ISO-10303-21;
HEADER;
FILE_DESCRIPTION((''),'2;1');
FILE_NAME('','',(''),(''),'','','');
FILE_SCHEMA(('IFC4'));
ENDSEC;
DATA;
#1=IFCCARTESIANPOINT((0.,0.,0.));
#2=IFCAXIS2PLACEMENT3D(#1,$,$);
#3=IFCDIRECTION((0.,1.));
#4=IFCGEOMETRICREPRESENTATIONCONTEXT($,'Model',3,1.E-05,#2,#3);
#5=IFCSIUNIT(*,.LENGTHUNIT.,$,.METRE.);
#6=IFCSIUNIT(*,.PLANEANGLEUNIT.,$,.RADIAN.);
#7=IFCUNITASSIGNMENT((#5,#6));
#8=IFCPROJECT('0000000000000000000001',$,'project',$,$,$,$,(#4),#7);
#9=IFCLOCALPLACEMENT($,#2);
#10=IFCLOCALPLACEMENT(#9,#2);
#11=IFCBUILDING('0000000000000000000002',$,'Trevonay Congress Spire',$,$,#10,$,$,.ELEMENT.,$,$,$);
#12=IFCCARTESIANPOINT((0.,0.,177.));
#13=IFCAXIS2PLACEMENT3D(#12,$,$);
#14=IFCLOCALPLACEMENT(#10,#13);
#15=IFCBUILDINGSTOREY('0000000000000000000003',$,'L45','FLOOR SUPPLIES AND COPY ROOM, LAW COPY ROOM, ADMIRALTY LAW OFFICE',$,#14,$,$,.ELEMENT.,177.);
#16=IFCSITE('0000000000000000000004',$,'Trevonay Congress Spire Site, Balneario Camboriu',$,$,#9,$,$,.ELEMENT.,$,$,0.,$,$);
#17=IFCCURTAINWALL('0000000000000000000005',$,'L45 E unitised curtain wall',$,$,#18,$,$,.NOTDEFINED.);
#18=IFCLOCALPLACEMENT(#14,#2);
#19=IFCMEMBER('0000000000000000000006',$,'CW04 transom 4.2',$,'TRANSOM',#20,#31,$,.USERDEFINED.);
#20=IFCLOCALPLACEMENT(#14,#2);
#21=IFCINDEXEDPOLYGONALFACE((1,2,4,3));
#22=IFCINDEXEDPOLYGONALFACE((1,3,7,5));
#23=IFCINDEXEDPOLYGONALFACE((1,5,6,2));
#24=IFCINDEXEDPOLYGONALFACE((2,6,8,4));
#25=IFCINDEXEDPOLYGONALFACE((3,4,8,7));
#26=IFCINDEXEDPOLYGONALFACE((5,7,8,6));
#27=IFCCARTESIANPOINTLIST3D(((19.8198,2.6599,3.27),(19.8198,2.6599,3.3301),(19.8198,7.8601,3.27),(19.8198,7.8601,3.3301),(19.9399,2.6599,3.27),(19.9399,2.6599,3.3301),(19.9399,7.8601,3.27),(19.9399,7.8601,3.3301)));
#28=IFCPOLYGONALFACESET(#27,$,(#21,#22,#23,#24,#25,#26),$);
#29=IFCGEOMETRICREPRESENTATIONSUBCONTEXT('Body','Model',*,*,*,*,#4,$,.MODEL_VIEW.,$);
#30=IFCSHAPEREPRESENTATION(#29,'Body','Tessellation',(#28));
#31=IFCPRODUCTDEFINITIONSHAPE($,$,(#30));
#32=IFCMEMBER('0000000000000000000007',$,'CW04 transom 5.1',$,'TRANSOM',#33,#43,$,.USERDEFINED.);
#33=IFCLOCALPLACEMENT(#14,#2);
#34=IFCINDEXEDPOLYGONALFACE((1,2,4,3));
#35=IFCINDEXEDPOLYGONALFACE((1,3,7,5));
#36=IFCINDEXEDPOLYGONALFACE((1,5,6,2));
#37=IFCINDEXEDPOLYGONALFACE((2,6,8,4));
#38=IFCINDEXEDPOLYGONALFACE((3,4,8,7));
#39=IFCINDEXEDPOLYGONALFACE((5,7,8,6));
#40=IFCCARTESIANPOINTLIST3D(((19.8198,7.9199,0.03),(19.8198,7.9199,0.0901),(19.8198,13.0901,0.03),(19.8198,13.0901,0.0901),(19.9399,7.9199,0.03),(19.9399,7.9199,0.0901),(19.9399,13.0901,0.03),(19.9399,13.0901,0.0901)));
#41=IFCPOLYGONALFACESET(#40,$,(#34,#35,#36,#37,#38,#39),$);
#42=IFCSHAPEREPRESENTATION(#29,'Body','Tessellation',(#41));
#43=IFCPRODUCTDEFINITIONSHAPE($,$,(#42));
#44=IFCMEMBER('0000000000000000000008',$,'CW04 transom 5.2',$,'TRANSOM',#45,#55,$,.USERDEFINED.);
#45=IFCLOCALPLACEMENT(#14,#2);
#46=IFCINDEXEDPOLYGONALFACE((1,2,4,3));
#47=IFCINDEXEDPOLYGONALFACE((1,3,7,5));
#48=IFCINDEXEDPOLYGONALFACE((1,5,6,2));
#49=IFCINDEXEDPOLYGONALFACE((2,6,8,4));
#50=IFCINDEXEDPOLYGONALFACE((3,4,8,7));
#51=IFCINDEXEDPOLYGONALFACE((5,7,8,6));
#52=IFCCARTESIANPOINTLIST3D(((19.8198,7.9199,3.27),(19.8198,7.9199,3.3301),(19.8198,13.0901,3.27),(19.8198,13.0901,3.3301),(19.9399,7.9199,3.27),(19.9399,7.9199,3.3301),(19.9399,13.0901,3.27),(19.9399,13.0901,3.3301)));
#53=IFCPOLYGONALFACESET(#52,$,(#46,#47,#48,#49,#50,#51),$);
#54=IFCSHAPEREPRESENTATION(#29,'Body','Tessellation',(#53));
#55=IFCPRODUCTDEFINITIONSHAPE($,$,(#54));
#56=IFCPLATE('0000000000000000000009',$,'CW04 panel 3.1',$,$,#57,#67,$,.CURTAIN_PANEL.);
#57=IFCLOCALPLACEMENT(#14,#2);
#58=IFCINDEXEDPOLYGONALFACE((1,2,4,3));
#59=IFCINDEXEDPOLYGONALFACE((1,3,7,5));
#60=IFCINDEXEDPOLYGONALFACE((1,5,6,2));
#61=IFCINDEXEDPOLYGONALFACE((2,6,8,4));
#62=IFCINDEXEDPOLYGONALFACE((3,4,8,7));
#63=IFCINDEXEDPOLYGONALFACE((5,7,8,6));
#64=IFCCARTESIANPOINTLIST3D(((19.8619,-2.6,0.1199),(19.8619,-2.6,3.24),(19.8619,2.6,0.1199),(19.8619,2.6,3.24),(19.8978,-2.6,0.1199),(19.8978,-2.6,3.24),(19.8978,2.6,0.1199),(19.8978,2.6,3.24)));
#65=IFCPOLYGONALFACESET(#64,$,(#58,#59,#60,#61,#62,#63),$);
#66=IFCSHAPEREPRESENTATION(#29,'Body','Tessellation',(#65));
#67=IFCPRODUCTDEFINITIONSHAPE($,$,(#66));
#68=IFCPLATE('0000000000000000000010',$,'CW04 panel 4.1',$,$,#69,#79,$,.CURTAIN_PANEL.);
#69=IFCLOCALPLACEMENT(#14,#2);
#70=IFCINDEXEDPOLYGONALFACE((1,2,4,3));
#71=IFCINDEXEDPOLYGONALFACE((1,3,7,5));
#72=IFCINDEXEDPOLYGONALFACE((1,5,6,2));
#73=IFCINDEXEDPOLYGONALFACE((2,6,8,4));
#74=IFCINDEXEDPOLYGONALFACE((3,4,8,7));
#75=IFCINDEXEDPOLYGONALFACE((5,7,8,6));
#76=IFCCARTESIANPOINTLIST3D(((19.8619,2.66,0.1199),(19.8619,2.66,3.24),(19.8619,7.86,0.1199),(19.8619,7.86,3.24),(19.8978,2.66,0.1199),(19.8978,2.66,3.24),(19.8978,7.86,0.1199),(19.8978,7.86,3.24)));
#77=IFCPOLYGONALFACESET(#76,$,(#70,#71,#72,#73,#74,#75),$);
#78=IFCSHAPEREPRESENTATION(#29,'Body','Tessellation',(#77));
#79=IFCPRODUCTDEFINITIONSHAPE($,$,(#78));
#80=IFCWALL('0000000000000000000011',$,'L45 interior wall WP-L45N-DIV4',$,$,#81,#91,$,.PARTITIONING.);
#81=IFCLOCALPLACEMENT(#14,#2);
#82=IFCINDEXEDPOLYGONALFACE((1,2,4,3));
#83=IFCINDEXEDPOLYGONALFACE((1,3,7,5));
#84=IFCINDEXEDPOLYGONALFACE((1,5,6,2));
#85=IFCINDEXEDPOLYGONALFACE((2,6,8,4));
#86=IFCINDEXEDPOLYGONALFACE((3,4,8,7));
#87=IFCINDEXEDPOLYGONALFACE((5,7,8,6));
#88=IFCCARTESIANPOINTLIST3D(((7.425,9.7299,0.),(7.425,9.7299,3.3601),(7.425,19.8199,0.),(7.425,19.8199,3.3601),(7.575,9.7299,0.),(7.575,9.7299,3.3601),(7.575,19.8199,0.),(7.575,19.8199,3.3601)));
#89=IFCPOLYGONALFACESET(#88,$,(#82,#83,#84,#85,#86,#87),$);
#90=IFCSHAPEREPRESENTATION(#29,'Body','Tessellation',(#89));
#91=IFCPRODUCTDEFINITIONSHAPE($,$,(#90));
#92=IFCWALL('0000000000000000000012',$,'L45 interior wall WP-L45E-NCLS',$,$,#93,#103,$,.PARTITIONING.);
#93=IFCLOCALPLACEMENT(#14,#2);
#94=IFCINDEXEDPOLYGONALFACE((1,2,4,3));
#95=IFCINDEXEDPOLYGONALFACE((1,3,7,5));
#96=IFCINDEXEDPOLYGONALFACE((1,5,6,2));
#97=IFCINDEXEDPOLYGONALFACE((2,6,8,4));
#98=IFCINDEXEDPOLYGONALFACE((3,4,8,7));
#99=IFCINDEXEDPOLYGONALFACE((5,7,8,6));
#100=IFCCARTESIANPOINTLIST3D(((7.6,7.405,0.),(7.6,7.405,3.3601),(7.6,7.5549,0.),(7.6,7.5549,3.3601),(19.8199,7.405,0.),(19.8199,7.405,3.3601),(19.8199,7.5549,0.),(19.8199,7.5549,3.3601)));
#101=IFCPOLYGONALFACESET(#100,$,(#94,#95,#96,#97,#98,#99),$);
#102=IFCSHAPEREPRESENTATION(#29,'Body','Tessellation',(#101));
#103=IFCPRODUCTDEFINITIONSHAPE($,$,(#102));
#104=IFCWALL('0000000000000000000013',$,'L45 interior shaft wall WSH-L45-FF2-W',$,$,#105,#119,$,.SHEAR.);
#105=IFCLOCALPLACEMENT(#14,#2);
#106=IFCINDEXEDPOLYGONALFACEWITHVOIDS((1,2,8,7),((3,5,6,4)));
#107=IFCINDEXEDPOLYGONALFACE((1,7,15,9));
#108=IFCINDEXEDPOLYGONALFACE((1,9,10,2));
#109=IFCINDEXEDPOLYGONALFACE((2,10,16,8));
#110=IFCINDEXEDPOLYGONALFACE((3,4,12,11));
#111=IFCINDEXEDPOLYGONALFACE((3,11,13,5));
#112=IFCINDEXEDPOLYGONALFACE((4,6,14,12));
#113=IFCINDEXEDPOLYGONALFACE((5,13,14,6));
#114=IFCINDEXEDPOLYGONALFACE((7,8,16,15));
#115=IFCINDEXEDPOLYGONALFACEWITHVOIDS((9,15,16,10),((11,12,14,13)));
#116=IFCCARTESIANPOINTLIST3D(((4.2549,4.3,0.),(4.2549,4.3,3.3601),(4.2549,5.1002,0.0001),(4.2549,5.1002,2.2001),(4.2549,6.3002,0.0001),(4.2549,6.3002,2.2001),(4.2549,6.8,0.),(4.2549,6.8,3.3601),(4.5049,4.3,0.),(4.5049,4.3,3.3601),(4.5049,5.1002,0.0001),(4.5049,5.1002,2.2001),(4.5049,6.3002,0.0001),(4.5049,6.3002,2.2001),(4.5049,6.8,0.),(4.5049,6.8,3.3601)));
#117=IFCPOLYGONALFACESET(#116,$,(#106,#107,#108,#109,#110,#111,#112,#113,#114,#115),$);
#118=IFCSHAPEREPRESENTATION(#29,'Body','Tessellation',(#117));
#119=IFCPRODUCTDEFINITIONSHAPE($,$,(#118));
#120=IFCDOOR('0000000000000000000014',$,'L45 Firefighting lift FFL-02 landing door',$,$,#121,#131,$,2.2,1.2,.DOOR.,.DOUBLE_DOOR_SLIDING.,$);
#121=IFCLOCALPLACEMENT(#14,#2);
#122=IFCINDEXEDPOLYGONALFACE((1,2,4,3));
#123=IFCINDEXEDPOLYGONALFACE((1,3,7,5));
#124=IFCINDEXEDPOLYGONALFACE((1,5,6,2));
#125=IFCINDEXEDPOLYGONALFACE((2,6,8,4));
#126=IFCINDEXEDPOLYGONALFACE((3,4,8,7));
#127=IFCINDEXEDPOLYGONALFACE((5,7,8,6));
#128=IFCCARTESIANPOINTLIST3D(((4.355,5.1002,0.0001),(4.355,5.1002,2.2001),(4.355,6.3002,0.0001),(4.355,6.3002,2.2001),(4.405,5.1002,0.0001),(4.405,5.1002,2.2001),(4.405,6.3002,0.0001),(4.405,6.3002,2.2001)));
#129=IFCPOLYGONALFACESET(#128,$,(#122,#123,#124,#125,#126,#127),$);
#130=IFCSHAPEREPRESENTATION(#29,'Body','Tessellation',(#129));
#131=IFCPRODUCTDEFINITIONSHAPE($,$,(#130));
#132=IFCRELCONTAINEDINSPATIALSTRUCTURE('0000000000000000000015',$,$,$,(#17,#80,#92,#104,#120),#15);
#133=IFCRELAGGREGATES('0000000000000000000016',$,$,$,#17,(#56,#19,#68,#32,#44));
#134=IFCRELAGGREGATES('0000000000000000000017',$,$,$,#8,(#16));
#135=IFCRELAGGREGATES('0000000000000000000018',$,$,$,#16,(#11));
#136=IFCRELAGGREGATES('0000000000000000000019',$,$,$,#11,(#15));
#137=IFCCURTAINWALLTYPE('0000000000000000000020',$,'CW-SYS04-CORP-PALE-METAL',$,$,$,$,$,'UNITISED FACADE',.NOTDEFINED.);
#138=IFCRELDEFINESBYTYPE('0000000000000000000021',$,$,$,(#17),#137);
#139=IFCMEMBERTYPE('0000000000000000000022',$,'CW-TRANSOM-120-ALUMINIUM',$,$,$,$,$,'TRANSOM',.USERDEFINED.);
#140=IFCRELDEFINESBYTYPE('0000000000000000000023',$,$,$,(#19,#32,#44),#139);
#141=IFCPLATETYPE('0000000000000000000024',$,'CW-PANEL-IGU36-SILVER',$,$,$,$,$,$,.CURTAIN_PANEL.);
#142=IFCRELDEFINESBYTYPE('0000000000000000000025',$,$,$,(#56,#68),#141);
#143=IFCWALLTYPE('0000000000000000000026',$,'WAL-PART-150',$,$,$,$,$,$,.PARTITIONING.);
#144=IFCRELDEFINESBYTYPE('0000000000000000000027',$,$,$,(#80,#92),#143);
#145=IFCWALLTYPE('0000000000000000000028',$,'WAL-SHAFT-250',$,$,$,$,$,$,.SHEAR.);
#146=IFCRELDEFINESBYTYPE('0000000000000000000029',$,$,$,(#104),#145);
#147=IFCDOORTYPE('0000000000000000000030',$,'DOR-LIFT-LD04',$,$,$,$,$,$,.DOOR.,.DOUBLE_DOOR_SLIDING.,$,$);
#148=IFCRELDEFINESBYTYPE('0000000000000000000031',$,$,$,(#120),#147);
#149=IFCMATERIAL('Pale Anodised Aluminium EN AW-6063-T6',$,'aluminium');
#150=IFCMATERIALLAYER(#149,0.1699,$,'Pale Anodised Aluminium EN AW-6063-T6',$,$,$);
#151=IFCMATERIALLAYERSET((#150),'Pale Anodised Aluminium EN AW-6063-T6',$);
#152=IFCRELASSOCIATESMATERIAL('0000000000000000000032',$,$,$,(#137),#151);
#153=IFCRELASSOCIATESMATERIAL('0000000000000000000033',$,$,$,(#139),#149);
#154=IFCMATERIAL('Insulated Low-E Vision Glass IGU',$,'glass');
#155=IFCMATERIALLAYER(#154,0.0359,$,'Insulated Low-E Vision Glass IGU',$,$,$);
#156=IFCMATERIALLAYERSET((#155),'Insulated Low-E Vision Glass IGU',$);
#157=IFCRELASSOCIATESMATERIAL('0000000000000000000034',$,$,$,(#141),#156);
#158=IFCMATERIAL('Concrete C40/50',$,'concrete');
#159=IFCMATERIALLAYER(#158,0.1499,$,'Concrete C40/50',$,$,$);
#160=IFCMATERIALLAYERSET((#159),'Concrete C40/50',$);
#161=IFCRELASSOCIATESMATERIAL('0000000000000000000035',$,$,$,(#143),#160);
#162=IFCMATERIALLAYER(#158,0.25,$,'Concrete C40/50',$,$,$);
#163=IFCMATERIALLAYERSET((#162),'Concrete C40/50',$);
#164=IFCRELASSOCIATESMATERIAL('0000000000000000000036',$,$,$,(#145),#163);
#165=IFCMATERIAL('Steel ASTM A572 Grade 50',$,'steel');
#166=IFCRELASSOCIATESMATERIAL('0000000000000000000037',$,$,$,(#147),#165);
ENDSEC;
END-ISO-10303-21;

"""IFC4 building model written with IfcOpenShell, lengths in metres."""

from ifc_helpers import new_model, si_unit, direction, frame, frame_2d, origin, origin_2d, place, context, subcontext, project, spatial, rectangle, extrude, material, layer, layer_set, material_profile, profile_set, type_object, element, fill, aggregate, save


model = new_model("IFC4")

# Units and contexts
model_context = context("Model", 3, precision=1e-05, world=origin(), true_north=direction((0.0, 1.0)))
body_context = subcontext(model_context, "Body", "Model", "MODEL_VIEW")
ifc_project = project(units=[si_unit("LENGTHUNIT", "METRE"), si_unit("PLANEANGLEUNIT", "RADIAN")], contexts=[model_context])

# Site, building, storey
site_placement = place(None, origin())
site = spatial("IfcSite", under=ifc_project, at=site_placement, Name="Trevonay Congress Spire Site, Balneario Camboriu", CompositionType="ELEMENT", RefElevation=0.0)
building_placement = place(site_placement, origin())
building = spatial("IfcBuilding", under=site, at=building_placement, Name="Trevonay Congress Spire", CompositionType="ELEMENT")
storey_placement = place(building_placement, frame((0.0, 0.0, 177.0)))
storey = spatial("IfcBuildingStorey", under=building, at=storey_placement, Name="L45", Description="FLOOR SUPPLIES AND COPY ROOM, LAW COPY ROOM, ADMIRALTY LAW OFFICE", CompositionType="ELEMENT", Elevation=177.0)

# Shared definitions
ifc_material_1 = material(Name="Steel ASTM A572 Grade 50", Category="steel")

# Curtain wall, members, plates
ifc_material_2 = material(Name="Pale Anodised Aluminium EN AW-6063-T6", Category="aluminium")
ifc_layer_1 = layer(ifc_material_2, 0.1699, Name="Pale Anodised Aluminium EN AW-6063-T6")
ifc_layer_set_1 = layer_set([ifc_layer_1], Name="Pale Anodised Aluminium EN AW-6063-T6")
curtain_wall_type = type_object("IfcCurtainWallType", Name="CW-SYS04-CORP-PALE-METAL", ElementType="UNITISED FACADE", PredefinedType="NOTDEFINED", material=ifc_layer_set_1)
curtain_wall_placement = place(storey_placement, origin())
curtain_wall = element("IfcCurtainWall", 1, at=curtain_wall_placement, inside=storey, type_object=curtain_wall_type, Name="L45 E unitised curtain wall", PredefinedType="NOTDEFINED")
ifc_material_profile_1 = material_profile(ifc_material_2, rectangle(XDim=0.1201, YDim=0.0601, at=origin_2d()), Name="CW-TRANSOM-120-ALUMINIUM")
ifc_profile_set_1 = profile_set([ifc_material_profile_1], Name="Pale Anodised Aluminium EN AW-6063-T6")
member_type_1 = type_object("IfcMemberType", Name="CW-TRANSOM-120-ALUMINIUM", ElementType="TRANSOM", PredefinedType="USERDEFINED", material=ifc_profile_set_1)
member_1_placement = place(storey_placement, frame((19.8799, 2.6599, 3.3), z_axis=(0.0, 1.0, 0.0), x_axis=(-1.0, 0.0, 0.0)))
member_1 = element("IfcMember", 2, at=member_1_placement, type_object=member_type_1, Name="CW04 transom 4.2", ObjectType="TRANSOM", PredefinedType="USERDEFINED", context=body_context, shape_type="SweptSolid", body=[
    extrude(rectangle(XDim=0.1201, YDim=0.0601, at=origin_2d()), origin(), (0.0, 0.0, 1.0), 5.2002),
])
member_2_placement = place(storey_placement, frame((19.8799, 7.9199, 0.0601), z_axis=(0.0, 1.0, 0.0), x_axis=(-1.0, 0.0, 0.0)))
member_2 = element("IfcMember", 3, at=member_2_placement, type_object=member_type_1, Name="CW04 transom 5.1", ObjectType="TRANSOM", PredefinedType="USERDEFINED", context=body_context, shape_type="SweptSolid", body=[
    extrude(rectangle(XDim=0.1201, YDim=0.0601, at=origin_2d()), origin(), (0.0, 0.0, 1.0), 5.1702),
])
member_3_placement = place(storey_placement, frame((19.8799, 7.9199, 3.3), z_axis=(0.0, 1.0, 0.0), x_axis=(-1.0, 0.0, 0.0)))
member_3 = element("IfcMember", 4, at=member_3_placement, type_object=member_type_1, Name="CW04 transom 5.2", ObjectType="TRANSOM", PredefinedType="USERDEFINED", context=body_context, shape_type="SweptSolid", body=[
    extrude(rectangle(XDim=0.1201, YDim=0.0601, at=origin_2d()), origin(), (0.0, 0.0, 1.0), 5.1702),
])
ifc_material_3 = material(Name="Insulated Low-E Vision Glass IGU", Category="glass")
ifc_layer_2 = layer(ifc_material_3, 0.0359, Name="Insulated Low-E Vision Glass IGU")
ifc_layer_set_2 = layer_set([ifc_layer_2], Name="Insulated Low-E Vision Glass IGU")
plate_type = type_object("IfcPlateType", Name="CW-PANEL-IGU36-SILVER", PredefinedType="CURTAIN_PANEL", material=ifc_layer_set_2)
plate_1_placement = place(storey_placement, frame((19.8799, 0.0, 0.1199), z_axis=(0.0, 0.0, 1.0), x_axis=(0.0, 1.0, 0.0)))
plate_1 = element("IfcPlate", 5, at=plate_1_placement, type_object=plate_type, Name="CW04 panel 3.1", PredefinedType="CURTAIN_PANEL", context=body_context, shape_type="SweptSolid", body=[
    extrude(rectangle(XDim=5.2, YDim=0.0359, at=origin_2d()), origin(), (0.0, 0.0, 1.0), 3.1201),
])
plate_2_placement = place(storey_placement, frame((19.8799, 5.26, 0.1199), z_axis=(0.0, 0.0, 1.0), x_axis=(0.0, 1.0, 0.0)))
plate_2 = element("IfcPlate", 6, at=plate_2_placement, type_object=plate_type, Name="CW04 panel 4.1", PredefinedType="CURTAIN_PANEL", context=body_context, shape_type="SweptSolid", body=[
    extrude(rectangle(XDim=5.2, YDim=0.0359, at=origin_2d()), origin(), (0.0, 0.0, 1.0), 3.1201),
])
aggregate(curtain_wall, [plate_1, member_1, plate_2, member_2, member_3])

# Walls
ifc_material_4 = material(Name="Concrete C40/50", Category="concrete")
ifc_layer_3 = layer(ifc_material_4, 0.1499, Name="Concrete C40/50")
ifc_layer_set_3 = layer_set([ifc_layer_3], Name="Concrete C40/50")
wall_type_1 = type_object("IfcWallType", Name="WAL-PART-150", PredefinedType="PARTITIONING", material=ifc_layer_set_3)
wall_1_placement = place(storey_placement, frame((7.5, 9.73, 0.0), z_axis=(0.0, 0.0, 1.0), x_axis=(0.0, 1.0, 0.0)))
element("IfcWall", 7, at=wall_1_placement, inside=storey, type_object=wall_type_1, Name="L45 interior wall WP-L45N-DIV4", PredefinedType="PARTITIONING", context=body_context, shape_type="SweptSolid", body=[
    extrude(rectangle(XDim=10.0901, YDim=0.1499, at=frame_2d((5.0449, 0.0))), origin(), (0.0, 0.0, 1.0), 3.3601),
])
wall_2_placement = place(storey_placement, frame((7.6001, 7.48, 0.0), z_axis=(0.0, 0.0, 1.0), x_axis=(1.0, 0.0, 0.0)))
element("IfcWall", 8, at=wall_2_placement, inside=storey, type_object=wall_type_1, Name="L45 interior wall WP-L45E-NCLS", PredefinedType="PARTITIONING", context=body_context, shape_type="SweptSolid", body=[
    extrude(rectangle(XDim=12.22, YDim=0.1499, at=frame_2d((6.1099, 0.0))), origin(), (0.0, 0.0, 1.0), 3.3601),
])

# Wall, opening, door
ifc_layer_4 = layer(ifc_material_4, 0.25, Name="Concrete C40/50")
ifc_layer_set_4 = layer_set([ifc_layer_4], Name="Concrete C40/50")
wall_type_2 = type_object("IfcWallType", Name="WAL-SHAFT-250", PredefinedType="SHEAR", material=ifc_layer_set_4)
wall_3_placement = place(storey_placement, frame((4.3799, 4.3, 0.0), z_axis=(0.0, 0.0, 1.0), x_axis=(0.0, 1.0, 0.0)))
wall_3 = element("IfcWall", 9, at=wall_3_placement, inside=storey, type_object=wall_type_2, Name="L45 interior shaft wall WSH-L45-FF2-W", PredefinedType="SHEAR", context=body_context, shape_type="SweptSolid", body=[
    extrude(rectangle(XDim=2.5, YDim=0.25, at=frame_2d((1.25, 0.0))), origin(), (0.0, 0.0, 1.0), 3.3601),
])
opening_placement = place(wall_3_placement, frame((0.8, 0.0, 0.0)))
opening = element("IfcOpeningElement", 10, at=opening_placement, cuts=wall_3, PredefinedType="OPENING", context=body_context, shape_type="SweptSolid", body=[
    extrude(rectangle(XDim=1.2, YDim=2.2, at=frame_2d((0.6001, 1.1001))), frame((0.0, 0.135, 0.0), z_axis=(0.0, -1.0, 0.0), x_axis=(1.0, 0.0, 0.0)), (0.0, 0.0, 1.0), 0.27),
])
door_type = type_object("IfcDoorType", Name="DOR-LIFT-LD04", OperationType="DOUBLE_DOOR_SLIDING", PredefinedType="DOOR", material=ifc_material_1)
door_placement = place(opening_placement, origin())
door = element("IfcDoor", 11, at=door_placement, inside=storey, type_object=door_type, Name="L45 Firefighting lift FFL-02 landing door", OperationType="DOUBLE_DOOR_SLIDING", OverallHeight=2.2, OverallWidth=1.2, PredefinedType="DOOR", context=body_context, shape_type="SweptSolid", body=[
    extrude(rectangle(XDim=1.2, YDim=2.2, at=frame_2d((0.6001, 1.1001))), frame((0.0, 0.0249, 0.0), z_axis=(0.0, -1.0, 0.0), x_axis=(1.0, 0.0, 0.0)), (0.0, 0.0, 1.0), 0.05),
])
fill(opening, door)

save(model, "model.ifc")
